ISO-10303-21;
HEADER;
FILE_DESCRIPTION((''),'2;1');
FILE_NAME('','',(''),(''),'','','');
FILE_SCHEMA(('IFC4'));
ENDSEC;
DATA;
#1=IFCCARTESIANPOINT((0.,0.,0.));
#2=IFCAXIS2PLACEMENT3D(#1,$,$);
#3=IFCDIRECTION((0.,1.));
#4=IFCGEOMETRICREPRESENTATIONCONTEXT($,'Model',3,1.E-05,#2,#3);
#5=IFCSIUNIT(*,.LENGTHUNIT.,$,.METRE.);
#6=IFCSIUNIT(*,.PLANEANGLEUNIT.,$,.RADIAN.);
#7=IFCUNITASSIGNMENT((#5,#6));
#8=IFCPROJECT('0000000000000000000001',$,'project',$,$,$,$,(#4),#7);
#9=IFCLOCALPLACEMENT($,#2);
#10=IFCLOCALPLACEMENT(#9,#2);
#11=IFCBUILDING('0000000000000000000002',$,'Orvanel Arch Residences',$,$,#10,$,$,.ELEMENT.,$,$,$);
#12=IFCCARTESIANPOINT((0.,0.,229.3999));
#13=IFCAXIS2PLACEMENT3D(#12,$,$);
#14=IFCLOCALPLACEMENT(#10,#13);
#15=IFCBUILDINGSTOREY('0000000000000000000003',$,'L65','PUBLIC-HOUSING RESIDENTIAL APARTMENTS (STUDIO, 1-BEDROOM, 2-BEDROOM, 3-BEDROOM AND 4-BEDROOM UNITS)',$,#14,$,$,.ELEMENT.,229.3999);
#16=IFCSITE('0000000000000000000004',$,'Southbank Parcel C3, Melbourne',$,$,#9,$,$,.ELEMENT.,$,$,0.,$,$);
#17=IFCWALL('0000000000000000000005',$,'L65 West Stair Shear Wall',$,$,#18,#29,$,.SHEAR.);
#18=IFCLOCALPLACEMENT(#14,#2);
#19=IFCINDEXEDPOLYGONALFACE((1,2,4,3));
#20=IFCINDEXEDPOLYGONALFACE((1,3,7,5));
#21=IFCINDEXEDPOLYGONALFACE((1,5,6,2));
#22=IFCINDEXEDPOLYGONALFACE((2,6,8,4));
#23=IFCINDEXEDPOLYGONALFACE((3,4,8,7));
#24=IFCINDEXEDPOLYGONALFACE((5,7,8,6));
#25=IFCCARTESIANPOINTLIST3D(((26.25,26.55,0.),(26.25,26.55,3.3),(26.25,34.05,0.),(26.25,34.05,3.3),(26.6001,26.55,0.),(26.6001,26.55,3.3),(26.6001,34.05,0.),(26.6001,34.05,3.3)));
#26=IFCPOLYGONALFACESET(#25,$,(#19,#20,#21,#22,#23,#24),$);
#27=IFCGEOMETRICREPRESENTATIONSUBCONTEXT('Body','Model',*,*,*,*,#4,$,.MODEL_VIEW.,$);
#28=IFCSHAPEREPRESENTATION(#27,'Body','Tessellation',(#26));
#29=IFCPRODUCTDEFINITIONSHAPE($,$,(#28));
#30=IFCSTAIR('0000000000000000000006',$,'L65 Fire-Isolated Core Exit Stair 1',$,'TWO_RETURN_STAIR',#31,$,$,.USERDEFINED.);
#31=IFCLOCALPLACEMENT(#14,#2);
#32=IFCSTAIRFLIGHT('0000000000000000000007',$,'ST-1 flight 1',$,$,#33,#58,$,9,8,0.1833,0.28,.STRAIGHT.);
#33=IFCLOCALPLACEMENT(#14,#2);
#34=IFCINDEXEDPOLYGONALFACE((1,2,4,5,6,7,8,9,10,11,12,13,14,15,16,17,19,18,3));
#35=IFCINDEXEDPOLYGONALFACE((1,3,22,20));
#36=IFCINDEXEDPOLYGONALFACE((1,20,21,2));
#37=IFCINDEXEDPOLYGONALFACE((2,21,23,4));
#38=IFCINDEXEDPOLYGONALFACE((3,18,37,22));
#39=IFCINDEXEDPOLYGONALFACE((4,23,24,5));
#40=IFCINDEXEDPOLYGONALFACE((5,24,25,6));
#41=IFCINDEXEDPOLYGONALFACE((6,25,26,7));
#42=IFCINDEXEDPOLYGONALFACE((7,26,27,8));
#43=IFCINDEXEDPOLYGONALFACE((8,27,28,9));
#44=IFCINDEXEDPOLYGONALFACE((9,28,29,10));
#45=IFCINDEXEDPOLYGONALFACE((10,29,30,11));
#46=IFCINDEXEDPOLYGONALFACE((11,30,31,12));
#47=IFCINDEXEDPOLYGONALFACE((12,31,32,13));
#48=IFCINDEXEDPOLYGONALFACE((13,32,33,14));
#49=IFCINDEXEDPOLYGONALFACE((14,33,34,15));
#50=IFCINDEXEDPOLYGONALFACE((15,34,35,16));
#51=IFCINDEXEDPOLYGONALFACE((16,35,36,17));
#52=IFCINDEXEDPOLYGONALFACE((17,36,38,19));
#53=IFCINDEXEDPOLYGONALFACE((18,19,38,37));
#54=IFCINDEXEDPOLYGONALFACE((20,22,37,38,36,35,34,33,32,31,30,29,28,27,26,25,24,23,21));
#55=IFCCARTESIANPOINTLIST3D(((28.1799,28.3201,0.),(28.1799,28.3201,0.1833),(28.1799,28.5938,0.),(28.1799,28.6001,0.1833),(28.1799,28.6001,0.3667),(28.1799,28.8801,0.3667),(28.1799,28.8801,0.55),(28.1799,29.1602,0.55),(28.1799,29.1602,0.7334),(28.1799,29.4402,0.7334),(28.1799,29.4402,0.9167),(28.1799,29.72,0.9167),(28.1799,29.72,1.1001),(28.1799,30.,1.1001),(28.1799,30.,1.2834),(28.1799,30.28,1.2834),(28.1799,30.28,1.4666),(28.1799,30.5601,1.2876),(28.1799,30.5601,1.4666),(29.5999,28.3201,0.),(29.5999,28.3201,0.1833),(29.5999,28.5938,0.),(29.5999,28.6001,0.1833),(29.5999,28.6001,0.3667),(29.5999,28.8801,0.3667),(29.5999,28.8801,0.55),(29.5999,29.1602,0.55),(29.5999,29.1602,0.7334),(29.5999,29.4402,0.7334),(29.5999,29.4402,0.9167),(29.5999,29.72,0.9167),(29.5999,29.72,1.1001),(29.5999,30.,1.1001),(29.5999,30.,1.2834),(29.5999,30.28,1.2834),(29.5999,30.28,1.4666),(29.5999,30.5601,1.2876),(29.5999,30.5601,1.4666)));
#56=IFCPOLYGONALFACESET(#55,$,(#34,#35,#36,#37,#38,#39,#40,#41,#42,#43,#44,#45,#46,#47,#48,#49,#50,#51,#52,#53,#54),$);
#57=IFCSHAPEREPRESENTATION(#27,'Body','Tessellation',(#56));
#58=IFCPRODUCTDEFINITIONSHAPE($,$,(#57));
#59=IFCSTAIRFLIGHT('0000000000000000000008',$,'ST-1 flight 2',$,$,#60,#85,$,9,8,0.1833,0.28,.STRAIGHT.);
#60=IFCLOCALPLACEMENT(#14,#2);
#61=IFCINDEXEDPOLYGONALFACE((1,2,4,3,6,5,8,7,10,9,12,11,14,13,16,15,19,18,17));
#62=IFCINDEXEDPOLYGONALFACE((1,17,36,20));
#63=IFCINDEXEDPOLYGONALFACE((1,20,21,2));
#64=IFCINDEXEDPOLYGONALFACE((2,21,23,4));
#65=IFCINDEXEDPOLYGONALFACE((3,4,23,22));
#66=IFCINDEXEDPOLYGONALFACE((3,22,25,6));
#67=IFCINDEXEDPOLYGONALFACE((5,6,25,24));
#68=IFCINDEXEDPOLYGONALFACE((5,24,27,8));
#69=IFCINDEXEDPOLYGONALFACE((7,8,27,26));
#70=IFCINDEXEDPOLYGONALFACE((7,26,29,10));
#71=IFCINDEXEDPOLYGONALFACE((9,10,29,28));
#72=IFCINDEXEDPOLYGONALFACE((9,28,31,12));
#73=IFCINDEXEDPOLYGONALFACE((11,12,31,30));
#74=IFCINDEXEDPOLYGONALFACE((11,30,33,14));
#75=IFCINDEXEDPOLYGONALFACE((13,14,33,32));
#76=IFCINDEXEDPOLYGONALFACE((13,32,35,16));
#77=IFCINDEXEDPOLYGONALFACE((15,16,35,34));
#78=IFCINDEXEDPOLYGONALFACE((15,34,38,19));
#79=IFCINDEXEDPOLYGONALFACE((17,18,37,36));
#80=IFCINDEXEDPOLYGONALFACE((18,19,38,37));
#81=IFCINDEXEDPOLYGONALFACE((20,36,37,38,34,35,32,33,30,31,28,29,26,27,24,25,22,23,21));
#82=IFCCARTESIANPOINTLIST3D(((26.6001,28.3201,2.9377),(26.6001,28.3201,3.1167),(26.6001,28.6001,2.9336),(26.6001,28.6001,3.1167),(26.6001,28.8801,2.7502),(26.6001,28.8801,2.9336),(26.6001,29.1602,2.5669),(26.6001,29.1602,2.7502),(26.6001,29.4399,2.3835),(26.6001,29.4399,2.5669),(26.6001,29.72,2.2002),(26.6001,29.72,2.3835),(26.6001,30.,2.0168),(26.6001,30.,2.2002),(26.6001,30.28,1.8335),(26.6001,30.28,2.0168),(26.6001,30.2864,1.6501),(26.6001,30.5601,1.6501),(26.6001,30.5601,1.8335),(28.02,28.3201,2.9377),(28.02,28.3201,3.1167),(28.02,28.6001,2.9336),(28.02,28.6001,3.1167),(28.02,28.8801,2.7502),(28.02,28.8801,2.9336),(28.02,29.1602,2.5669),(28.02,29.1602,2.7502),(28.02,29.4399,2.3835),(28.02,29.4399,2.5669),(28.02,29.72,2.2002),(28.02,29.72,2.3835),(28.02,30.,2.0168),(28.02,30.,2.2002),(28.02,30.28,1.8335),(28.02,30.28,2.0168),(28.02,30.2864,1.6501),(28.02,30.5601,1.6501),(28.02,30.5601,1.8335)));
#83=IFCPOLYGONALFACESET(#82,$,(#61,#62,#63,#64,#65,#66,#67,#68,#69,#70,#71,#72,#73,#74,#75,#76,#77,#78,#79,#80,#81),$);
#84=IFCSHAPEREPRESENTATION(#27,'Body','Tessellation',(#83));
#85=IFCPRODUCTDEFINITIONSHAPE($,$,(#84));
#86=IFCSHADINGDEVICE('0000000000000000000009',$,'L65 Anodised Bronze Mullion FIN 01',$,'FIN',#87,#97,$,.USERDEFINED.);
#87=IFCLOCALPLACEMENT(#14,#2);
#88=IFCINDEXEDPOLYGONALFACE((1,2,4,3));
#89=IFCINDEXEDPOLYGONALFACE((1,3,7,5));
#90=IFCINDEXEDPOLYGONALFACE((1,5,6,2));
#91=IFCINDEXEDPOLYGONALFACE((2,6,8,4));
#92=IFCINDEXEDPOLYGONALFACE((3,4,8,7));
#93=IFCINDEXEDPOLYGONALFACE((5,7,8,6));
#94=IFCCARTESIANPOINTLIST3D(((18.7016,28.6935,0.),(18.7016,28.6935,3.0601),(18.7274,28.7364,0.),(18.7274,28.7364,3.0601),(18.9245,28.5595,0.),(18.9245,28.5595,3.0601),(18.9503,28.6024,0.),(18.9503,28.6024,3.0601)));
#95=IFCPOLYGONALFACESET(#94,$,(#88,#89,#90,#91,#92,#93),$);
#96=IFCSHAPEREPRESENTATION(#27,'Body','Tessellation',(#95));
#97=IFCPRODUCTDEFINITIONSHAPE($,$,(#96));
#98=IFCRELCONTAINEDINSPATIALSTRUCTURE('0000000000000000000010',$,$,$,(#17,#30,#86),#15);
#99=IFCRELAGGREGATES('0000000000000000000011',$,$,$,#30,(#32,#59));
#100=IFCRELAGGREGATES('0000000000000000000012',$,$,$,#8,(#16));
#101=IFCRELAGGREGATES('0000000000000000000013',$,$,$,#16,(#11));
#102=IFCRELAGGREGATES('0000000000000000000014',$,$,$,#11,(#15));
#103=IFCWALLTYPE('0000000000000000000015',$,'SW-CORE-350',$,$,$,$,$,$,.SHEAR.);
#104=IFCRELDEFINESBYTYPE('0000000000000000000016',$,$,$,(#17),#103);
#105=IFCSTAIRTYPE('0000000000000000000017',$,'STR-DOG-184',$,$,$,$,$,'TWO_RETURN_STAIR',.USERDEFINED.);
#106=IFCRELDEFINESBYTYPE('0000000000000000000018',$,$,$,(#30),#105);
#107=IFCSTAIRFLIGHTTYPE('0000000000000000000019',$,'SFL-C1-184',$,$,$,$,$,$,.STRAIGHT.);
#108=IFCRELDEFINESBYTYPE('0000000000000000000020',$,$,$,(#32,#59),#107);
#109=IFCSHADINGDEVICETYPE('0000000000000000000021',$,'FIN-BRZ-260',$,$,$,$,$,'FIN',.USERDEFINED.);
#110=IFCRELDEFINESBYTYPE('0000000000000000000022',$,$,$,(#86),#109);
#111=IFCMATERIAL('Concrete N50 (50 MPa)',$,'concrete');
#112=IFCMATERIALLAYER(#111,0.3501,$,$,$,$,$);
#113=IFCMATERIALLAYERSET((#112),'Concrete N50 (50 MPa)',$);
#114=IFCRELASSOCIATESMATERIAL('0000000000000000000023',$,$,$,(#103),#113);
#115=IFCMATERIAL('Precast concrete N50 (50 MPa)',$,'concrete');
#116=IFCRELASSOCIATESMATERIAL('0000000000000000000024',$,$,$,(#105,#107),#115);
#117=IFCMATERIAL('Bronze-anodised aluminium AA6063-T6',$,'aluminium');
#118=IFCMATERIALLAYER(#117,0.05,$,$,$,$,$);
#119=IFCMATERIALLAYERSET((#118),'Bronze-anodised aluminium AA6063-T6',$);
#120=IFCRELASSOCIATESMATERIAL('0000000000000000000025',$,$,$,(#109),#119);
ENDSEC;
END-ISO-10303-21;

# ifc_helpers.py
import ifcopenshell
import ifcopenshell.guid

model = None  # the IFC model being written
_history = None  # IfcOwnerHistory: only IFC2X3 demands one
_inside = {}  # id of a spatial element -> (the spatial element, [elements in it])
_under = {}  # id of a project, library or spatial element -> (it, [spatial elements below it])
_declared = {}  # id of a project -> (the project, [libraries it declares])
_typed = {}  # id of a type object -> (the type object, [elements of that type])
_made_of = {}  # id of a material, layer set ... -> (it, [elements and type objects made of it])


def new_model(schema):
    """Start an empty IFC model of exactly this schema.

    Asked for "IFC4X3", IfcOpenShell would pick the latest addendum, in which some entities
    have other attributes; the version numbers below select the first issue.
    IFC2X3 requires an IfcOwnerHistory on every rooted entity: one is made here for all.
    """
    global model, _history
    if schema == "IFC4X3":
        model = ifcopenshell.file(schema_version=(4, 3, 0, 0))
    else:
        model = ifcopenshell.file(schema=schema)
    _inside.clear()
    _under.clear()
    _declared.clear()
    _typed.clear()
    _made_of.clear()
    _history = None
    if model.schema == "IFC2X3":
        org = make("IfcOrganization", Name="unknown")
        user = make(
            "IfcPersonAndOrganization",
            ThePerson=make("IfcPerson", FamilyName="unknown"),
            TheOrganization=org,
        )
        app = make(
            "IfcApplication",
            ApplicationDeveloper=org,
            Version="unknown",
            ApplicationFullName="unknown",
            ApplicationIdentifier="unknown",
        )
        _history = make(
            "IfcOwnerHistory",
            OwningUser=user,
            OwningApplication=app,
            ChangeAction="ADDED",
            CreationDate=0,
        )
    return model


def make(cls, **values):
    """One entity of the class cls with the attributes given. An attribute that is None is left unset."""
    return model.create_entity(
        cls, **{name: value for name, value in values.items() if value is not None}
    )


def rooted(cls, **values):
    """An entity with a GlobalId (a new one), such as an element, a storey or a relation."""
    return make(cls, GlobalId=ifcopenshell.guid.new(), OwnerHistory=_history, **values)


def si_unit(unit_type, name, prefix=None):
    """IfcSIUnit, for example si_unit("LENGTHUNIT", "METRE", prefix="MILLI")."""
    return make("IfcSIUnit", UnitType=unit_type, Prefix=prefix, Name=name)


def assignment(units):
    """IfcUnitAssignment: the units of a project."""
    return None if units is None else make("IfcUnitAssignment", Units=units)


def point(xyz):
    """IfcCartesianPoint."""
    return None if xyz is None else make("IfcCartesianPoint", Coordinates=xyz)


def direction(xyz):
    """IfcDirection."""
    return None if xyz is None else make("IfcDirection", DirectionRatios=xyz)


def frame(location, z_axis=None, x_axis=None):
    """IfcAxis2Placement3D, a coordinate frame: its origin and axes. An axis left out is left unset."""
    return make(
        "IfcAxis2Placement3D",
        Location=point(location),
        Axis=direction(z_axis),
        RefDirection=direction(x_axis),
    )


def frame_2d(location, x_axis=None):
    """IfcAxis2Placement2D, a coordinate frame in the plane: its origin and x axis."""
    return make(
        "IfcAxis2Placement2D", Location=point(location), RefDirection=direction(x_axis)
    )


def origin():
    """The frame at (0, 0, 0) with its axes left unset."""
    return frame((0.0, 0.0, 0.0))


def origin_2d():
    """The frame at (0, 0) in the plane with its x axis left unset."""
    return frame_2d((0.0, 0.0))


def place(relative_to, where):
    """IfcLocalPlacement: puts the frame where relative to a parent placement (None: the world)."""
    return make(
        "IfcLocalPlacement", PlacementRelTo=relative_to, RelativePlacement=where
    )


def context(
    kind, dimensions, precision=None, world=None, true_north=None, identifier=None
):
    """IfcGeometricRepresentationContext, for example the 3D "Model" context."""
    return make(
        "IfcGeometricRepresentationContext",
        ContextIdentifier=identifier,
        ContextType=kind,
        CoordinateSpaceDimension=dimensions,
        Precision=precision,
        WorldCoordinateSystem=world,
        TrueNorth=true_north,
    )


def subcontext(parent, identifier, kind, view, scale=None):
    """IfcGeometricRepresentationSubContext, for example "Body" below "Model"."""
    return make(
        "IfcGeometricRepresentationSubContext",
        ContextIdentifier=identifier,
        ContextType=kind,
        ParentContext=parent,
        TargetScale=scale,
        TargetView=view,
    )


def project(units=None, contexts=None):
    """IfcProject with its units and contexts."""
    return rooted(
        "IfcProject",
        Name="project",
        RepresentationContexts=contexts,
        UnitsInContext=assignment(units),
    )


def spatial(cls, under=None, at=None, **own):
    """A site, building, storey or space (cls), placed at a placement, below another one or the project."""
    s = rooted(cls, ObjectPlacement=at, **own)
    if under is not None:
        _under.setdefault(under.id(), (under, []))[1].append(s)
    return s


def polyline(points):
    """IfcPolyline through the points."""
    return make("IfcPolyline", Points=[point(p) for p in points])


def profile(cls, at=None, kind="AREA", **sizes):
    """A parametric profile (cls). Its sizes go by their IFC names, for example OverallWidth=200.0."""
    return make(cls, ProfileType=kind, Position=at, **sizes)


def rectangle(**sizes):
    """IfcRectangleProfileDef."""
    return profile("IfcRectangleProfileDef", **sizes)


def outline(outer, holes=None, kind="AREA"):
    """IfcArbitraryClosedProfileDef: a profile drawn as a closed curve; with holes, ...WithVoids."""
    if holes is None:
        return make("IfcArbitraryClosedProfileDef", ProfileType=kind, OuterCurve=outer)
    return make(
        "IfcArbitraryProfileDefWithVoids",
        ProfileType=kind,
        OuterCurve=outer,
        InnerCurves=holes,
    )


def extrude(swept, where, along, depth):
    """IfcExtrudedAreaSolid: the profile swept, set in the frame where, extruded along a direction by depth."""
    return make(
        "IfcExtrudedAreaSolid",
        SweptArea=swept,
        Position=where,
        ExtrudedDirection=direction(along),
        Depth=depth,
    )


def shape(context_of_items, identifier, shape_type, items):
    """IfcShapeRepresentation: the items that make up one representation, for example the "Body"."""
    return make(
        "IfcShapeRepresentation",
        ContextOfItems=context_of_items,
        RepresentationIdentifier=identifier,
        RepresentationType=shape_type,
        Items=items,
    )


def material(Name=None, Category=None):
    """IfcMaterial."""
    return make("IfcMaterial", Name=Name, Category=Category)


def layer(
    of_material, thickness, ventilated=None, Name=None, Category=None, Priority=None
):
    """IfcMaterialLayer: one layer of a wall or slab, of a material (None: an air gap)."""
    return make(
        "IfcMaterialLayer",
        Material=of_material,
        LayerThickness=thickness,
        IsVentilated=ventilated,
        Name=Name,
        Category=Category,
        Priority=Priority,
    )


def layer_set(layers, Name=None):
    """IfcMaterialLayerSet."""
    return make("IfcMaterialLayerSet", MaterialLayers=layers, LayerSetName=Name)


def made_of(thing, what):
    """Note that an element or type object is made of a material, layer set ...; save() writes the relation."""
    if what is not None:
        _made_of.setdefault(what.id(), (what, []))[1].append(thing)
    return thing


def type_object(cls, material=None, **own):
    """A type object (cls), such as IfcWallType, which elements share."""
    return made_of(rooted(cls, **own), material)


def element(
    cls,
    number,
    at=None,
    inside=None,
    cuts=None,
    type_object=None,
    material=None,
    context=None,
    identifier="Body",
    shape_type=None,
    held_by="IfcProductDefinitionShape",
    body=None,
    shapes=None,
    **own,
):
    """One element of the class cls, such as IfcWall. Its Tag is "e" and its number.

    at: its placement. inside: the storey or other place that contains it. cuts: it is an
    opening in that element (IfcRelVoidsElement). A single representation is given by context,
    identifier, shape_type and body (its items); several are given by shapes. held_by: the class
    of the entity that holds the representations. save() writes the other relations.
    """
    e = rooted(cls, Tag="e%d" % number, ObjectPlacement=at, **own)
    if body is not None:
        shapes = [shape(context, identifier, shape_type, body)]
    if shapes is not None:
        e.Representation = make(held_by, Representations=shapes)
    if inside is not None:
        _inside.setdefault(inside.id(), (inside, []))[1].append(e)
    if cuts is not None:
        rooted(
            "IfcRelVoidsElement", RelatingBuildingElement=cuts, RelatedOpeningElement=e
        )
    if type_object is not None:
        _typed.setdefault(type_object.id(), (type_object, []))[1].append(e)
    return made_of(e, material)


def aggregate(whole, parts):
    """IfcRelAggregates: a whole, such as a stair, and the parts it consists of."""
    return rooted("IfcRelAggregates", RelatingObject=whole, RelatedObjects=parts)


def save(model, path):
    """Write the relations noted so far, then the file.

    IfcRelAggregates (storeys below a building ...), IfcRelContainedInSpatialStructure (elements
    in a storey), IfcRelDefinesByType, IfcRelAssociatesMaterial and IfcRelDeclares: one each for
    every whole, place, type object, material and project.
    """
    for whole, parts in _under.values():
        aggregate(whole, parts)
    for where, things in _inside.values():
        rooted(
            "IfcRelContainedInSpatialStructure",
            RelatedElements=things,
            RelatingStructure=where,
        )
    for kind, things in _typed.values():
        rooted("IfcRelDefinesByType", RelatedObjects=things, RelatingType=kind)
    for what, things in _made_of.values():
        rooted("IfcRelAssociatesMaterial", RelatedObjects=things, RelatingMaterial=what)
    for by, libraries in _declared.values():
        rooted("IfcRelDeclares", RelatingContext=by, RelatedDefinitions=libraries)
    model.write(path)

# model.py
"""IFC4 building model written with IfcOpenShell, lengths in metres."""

from ifc_helpers import new_model, si_unit, direction, frame, frame_2d, origin, origin_2d, place, context, subcontext, project, spatial, polyline, rectangle, outline, extrude, material, layer, layer_set, type_object, element, aggregate, save


model = new_model("IFC4")

# Units and contexts
model_context = context("Model", 3, precision=1e-05, world=origin(), true_north=direction((0.0, 1.0)))
body_context = subcontext(model_context, "Body", "Model", "MODEL_VIEW")
ifc_project = project(units=[si_unit("LENGTHUNIT", "METRE"), si_unit("PLANEANGLEUNIT", "RADIAN")], contexts=[model_context])

# Site, building, storey
site_placement = place(None, origin())
site = spatial("IfcSite", under=ifc_project, at=site_placement, Name="Southbank Parcel C3, Melbourne", CompositionType="ELEMENT", RefElevation=0.0)
building_placement = place(site_placement, origin())
building = spatial("IfcBuilding", under=site, at=building_placement, Name="Orvanel Arch Residences", CompositionType="ELEMENT")
storey_placement = place(building_placement, frame((0.0, 0.0, 229.3999)))
storey = spatial("IfcBuildingStorey", under=building, at=storey_placement, Name="L65", Description="PUBLIC-HOUSING RESIDENTIAL APARTMENTS (STUDIO, 1-BEDROOM, 2-BEDROOM, 3-BEDROOM AND 4-BEDROOM UNITS)", CompositionType="ELEMENT", Elevation=229.3999)

# Shared definitions
ifc_material_1 = material(Name="Bronze-anodised aluminium AA6063-T6", Category="aluminium")

# Shared definitions
ifc_material_2 = material(Name="Concrete N50 (50 MPa)", Category="concrete")

# Shared definitions
ifc_layer_1 = layer(ifc_material_2, 0.3501)
ifc_layer_set_1 = layer_set([ifc_layer_1], Name="Concrete N50 (50 MPa)")
wall_type_1 = type_object("IfcWallType", Name="SW-CORE-350", PredefinedType="SHEAR", material=ifc_layer_set_1)

# Wall
wall_1_placement = place(storey_placement, frame((26.425, 26.55, 0.0), z_axis=(0.0, 0.0, 1.0), x_axis=(0.0, 1.0, 0.0)))
element("IfcWall", 1, at=wall_1_placement, inside=storey, type_object=wall_type_1, Name="L65 West Stair Shear Wall", PredefinedType="SHEAR", context=body_context, shape_type="SweptSolid", body=[
    extrude(rectangle(XDim=7.5, YDim=0.3501, at=frame_2d((3.75, 0.0))), origin(), (0.0, 0.0, 1.0), 3.3),
])

# Stair, stair flights
ifc_material_3 = material(Name="Precast concrete N50 (50 MPa)", Category="concrete")
stair_type = type_object("IfcStairType", Name="STR-DOG-184", ElementType="TWO_RETURN_STAIR", PredefinedType="USERDEFINED", material=ifc_material_3)
stair_placement = place(storey_placement, origin())
stair = element("IfcStair", 2, at=stair_placement, inside=storey, type_object=stair_type, Name="L65 Fire-Isolated Core Exit Stair 1", ObjectType="TWO_RETURN_STAIR", PredefinedType="USERDEFINED")
stair_flight_type = type_object("IfcStairFlightType", Name="SFL-C1-184", PredefinedType="STRAIGHT", material=ifc_material_3)
stair_flight_1_placement = place(storey_placement, frame((28.8899, 28.3201, 0.0), z_axis=(0.0, 0.0, 1.0), x_axis=(0.0, 1.0, 0.0)))
stair_flight_1 = element("IfcStairFlight", 3, at=stair_flight_1_placement, type_object=stair_flight_type, Name="ST-1 flight 1", NumberOfRisers=9, NumberOfTreads=8, PredefinedType="STRAIGHT", RiserHeight=0.1833, TreadLength=0.28, context=body_context, shape_type="SweptSolid", body=[
    extrude(outline(polyline([(0.0, 0.0), (0.0, 0.1833), (0.28, 0.1833), (0.28, 0.3667), (0.5601, 0.3667), (0.5601, 0.55), (0.8401, 0.55), (0.8401, 0.7334), (1.1201, 0.7334), (1.1201, 0.9167), (1.3999, 0.9167), (1.3999, 1.1001), (1.6799, 1.1001), (1.6799, 1.2834), (1.96, 1.2834), (1.96, 1.4666), (2.24, 1.4666), (2.24, 1.6499), (2.24, 1.2876), (0.2737, 0.0), (0.0, 0.0)])), frame((0.0, 0.71, 0.0), z_axis=(0.0, -1.0, 0.0), x_axis=(1.0, 0.0, 0.0)), (0.0, 0.0, 1.0), 1.4199),
])
stair_flight_2_placement = place(storey_placement, frame((27.3101, 30.5601, 1.6501), z_axis=(0.0, 0.0, 1.0), x_axis=(0.0, -1.0, 0.0)))
stair_flight_2 = element("IfcStairFlight", 4, at=stair_flight_2_placement, type_object=stair_flight_type, Name="ST-1 flight 2", NumberOfRisers=9, NumberOfTreads=8, PredefinedType="STRAIGHT", RiserHeight=0.1833, TreadLength=0.28, context=body_context, shape_type="SweptSolid", body=[
    extrude(outline(polyline([(0.0, 0.0), (0.0, 0.1833), (0.28, 0.1833), (0.28, 0.3667), (0.5601, 0.3667), (0.5601, 0.55), (0.8401, 0.55), (0.8401, 0.7334), (1.1201, 0.7334), (1.1201, 0.9167), (1.3999, 0.9167), (1.3999, 1.1001), (1.6799, 1.1001), (1.6799, 1.2834), (1.96, 1.2834), (1.96, 1.4666), (2.24, 1.4666), (2.24, 1.6499), (2.24, 1.2876), (0.2737, 0.0), (0.0, 0.0)])), frame((0.0, 0.71, 0.0), z_axis=(0.0, -1.0, 0.0), x_axis=(1.0, 0.0, 0.0)), (0.0, 0.0, 1.0), 1.4199),
])
aggregate(stair, [stair_flight_1, stair_flight_2])

# Shading device
ifc_layer_2 = layer(ifc_material_1, 0.05)
ifc_layer_set_2 = layer_set([ifc_layer_2], Name="Bronze-anodised aluminium AA6063-T6")
shading_device_type = type_object("IfcShadingDeviceType", Name="FIN-BRZ-260", ElementType="FIN", PredefinedType="USERDEFINED", material=ifc_layer_set_2)
shading_device_placement = place(storey_placement, frame((18.8259, 28.6479, 0.0), z_axis=(0.0, 0.0, 1.0), x_axis=(-0.857167, 0.515038, 0.0)))
element("IfcShadingDevice", 5, at=shading_device_placement, inside=storey, type_object=shading_device_type, Name="L65 Anodised Bronze Mullion FIN 01", ObjectType="FIN", PredefinedType="USERDEFINED", context=body_context, shape_type="SweptSolid", body=[
    extrude(rectangle(XDim=0.26, YDim=0.05, at=origin_2d()), origin(), (0.0, 0.0, 1.0), 3.0601),
])

save(model, "model.ifc")
